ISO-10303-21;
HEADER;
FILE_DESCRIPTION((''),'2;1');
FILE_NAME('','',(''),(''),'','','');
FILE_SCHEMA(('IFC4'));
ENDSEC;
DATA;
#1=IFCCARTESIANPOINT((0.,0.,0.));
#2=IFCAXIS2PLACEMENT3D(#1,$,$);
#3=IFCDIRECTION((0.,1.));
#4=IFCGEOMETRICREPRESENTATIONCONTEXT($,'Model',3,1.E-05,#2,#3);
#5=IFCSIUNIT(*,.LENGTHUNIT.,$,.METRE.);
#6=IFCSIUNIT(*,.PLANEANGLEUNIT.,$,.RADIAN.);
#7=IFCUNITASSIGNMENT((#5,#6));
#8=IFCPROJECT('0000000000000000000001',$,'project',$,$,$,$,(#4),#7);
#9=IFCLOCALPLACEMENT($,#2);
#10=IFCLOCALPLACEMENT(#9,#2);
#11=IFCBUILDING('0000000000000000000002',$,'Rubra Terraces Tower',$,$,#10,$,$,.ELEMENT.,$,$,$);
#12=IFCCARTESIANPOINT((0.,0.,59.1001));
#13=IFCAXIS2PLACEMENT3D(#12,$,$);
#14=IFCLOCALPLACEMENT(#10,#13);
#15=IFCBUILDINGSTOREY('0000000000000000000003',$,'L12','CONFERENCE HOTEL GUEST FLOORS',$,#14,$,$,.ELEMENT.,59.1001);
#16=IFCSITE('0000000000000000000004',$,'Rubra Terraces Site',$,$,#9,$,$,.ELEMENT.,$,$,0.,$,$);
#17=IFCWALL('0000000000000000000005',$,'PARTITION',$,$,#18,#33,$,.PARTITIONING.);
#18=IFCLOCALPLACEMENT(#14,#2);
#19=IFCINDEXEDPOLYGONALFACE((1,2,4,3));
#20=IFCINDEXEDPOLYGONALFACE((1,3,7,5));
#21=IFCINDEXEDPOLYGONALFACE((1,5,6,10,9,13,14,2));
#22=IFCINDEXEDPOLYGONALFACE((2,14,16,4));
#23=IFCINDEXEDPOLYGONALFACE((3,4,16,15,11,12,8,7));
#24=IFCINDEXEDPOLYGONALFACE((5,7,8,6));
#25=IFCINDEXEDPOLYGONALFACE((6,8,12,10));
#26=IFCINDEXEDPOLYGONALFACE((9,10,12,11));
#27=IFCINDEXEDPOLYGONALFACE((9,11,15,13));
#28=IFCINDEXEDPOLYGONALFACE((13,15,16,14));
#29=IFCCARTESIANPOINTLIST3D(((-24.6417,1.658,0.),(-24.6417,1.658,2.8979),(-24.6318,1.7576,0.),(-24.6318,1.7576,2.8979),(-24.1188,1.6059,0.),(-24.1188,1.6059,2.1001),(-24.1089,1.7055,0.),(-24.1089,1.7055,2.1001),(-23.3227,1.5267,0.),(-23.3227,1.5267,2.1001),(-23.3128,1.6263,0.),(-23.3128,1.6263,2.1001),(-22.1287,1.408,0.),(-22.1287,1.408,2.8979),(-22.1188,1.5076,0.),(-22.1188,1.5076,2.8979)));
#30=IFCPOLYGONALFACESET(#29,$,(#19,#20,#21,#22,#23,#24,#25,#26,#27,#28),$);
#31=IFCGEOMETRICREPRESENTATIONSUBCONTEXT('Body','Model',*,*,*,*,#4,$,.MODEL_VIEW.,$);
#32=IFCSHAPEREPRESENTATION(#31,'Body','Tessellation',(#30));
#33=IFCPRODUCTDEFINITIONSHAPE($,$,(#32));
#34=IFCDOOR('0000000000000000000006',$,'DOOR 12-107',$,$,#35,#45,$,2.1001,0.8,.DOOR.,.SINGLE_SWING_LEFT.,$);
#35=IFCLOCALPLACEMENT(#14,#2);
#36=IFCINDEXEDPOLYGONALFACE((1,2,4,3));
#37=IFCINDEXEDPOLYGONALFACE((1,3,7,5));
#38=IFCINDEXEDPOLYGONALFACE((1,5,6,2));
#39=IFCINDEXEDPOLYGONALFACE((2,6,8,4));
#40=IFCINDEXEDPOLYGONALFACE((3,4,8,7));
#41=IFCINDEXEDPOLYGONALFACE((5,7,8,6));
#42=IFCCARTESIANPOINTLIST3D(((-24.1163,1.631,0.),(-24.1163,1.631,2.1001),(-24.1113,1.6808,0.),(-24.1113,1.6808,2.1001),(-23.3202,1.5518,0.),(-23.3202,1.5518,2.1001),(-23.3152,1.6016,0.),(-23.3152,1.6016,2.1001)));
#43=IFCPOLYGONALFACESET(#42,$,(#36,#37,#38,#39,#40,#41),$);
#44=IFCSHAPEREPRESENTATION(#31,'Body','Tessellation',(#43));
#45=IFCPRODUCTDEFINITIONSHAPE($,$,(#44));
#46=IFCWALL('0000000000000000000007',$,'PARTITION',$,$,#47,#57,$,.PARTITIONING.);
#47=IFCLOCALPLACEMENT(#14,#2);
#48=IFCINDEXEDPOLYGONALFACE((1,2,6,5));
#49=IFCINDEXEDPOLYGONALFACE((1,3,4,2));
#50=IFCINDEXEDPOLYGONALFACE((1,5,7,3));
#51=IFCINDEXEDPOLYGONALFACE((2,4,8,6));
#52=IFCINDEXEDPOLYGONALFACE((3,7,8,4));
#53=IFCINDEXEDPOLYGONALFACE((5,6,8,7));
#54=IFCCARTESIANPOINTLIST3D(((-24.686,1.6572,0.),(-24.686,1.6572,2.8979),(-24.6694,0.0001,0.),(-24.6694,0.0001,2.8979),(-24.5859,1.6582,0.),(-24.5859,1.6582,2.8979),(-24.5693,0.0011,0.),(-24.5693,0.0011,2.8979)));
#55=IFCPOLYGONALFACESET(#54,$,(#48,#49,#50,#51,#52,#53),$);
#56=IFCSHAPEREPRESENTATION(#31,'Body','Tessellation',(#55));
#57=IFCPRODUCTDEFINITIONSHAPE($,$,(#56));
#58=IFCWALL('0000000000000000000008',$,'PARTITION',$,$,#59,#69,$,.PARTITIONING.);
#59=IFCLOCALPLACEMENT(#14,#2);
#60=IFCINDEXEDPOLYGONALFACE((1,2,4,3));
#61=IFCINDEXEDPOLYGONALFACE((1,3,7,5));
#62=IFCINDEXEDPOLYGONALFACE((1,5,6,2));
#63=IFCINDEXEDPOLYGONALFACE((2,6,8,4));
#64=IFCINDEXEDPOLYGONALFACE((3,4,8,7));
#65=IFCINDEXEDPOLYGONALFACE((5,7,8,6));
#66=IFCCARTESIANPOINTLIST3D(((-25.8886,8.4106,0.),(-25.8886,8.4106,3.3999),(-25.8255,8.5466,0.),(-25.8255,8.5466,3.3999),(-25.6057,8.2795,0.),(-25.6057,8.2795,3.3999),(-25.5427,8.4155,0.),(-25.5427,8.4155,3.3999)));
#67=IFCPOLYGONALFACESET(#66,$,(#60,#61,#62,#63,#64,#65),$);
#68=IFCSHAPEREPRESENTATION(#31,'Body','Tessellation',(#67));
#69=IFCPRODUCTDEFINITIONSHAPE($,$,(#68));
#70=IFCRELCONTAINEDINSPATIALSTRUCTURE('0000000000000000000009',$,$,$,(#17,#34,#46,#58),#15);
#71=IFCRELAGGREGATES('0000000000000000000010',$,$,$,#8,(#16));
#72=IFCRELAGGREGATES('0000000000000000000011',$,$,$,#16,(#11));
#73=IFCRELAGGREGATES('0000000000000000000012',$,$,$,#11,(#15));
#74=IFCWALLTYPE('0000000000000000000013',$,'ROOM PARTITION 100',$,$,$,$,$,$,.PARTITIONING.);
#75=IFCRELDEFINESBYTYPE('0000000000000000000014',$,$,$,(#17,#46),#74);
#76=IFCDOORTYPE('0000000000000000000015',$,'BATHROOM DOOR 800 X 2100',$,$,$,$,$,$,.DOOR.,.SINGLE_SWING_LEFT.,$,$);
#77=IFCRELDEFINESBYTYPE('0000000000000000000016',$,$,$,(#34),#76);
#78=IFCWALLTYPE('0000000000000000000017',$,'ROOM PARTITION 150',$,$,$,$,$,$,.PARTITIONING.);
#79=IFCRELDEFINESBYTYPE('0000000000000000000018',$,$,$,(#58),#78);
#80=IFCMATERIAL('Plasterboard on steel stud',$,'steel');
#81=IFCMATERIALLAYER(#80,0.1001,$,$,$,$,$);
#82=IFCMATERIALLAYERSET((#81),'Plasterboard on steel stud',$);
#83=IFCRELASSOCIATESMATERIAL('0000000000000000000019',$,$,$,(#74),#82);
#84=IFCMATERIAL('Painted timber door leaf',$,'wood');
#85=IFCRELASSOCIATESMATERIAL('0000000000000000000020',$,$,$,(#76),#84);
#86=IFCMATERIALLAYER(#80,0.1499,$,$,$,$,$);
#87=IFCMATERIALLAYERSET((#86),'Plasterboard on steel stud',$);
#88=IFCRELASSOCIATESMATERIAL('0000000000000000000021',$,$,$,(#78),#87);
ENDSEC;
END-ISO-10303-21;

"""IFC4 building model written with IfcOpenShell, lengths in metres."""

from ifc_helpers import new_model, si_unit, direction, frame, frame_2d, origin, place, context, subcontext, project, spatial, rectangle, extrude, material, layer, layer_set, type_object, element, fill, save


model = new_model("IFC4")

# Units and contexts
model_context = context("Model", 3, precision=1e-05, world=origin(), true_north=direction((0.0, 1.0)))
body_context = subcontext(model_context, "Body", "Model", "MODEL_VIEW")
ifc_project = project(units=[si_unit("LENGTHUNIT", "METRE"), si_unit("PLANEANGLEUNIT", "RADIAN")], contexts=[model_context])

# Site, building, storey
site_placement = place(None, origin())
site = spatial("IfcSite", under=ifc_project, at=site_placement, Name="Rubra Terraces Site", CompositionType="ELEMENT", RefElevation=0.0)
building_placement = place(site_placement, origin())
building = spatial("IfcBuilding", under=site, at=building_placement, Name="Rubra Terraces Tower", CompositionType="ELEMENT")
storey_placement = place(building_placement, frame((0.0, 0.0, 59.1001)))
storey = spatial("IfcBuildingStorey", under=building, at=storey_placement, Name="L12", Description="CONFERENCE HOTEL GUEST FLOORS", CompositionType="ELEMENT", Elevation=59.1001)

# Wall, opening, door
ifc_material_1 = material(Name="Plasterboard on steel stud", Category="steel")
ifc_layer_1 = layer(ifc_material_1, 0.1001)
ifc_layer_set_1 = layer_set([ifc_layer_1], Name="Plasterboard on steel stud")
wall_type_1 = type_object("IfcWallType", Name="ROOM PARTITION 100", PredefinedType="PARTITIONING", material=ifc_layer_set_1)
wall_1_placement = place(storey_placement, frame((-22.1238, 1.4578, 0.0), z_axis=(0.0, 0.0, 1.0), x_axis=(-0.995088, 0.098996, 0.0)))
wall_1 = element("IfcWall", 1, at=wall_1_placement, inside=storey, type_object=wall_type_1, Name="PARTITION", PredefinedType="PARTITIONING", context=body_context, shape_type="SweptSolid", body=[
    extrude(rectangle(XDim=2.5254, YDim=0.1001, at=frame_2d((1.2627, 0.0))), origin(), (0.0, 0.0, 1.0), 2.8979),
])
opening_1_placement = place(wall_1_placement, frame((1.2, 0.0, 0.0)))
opening_1 = element("IfcOpeningElement", 2, at=opening_1_placement, cuts=wall_1, PredefinedType="OPENING", context=body_context, shape_type="SweptSolid", body=[
    extrude(rectangle(XDim=0.8, YDim=2.1001, at=frame_2d((0.3999, 1.05))), frame((0.0, 0.0601, 0.0), z_axis=(0.0, -1.0, 0.0), x_axis=(1.0, 0.0, 0.0)), (0.0, 0.0, 1.0), 0.1201),
])
ifc_material_2 = material(Name="Painted timber door leaf", Category="wood")
door_type = type_object("IfcDoorType", Name="BATHROOM DOOR 800 X 2100", OperationType="SINGLE_SWING_LEFT", PredefinedType="DOOR", material=ifc_material_2)
door_placement = place(opening_1_placement, origin())
door = element("IfcDoor", 3, at=door_placement, inside=storey, type_object=door_type, Name="DOOR 12-107", OperationType="SINGLE_SWING_LEFT", OverallHeight=2.1001, OverallWidth=0.8, PredefinedType="DOOR", context=body_context, shape_type="SweptSolid", body=[
    extrude(rectangle(XDim=0.8, YDim=2.1001, at=frame_2d((0.3999, 1.05))), frame((0.0, 0.0249, 0.0), z_axis=(0.0, -1.0, 0.0), x_axis=(1.0, 0.0, 0.0)), (0.0, 0.0, 1.0), 0.05),
])
fill(opening_1, door)

# Walls
wall_2_placement = place(storey_placement, frame((-24.636, 1.6577, 0.0), z_axis=(0.0, 0.0, 1.0), x_axis=(0.010017, -0.99995, 0.0)))
element("IfcWall", 4, at=wall_2_placement, inside=storey, type_object=wall_type_1, Name="PARTITION", PredefinedType="PARTITIONING", context=body_context, shape_type="SweptSolid", body=[
    extrude(rectangle(XDim=1.6572, YDim=0.1001, at=frame_2d((0.8286, 0.0))), origin(), (0.0, 0.0, 1.0), 2.8979),
])
ifc_layer_2 = layer(ifc_material_1, 0.1499)
ifc_layer_set_2 = layer_set([ifc_layer_2], Name="Plasterboard on steel stud")
wall_type_2 = type_object("IfcWallType", Name="ROOM PARTITION 150", PredefinedType="PARTITIONING", material=ifc_layer_set_2)
wall_3_placement = place(storey_placement, frame((-25.8569, 8.4785, 0.0), z_axis=(0.0, 0.0, 1.0), x_axis=(0.90734, -0.420398, 0.0)))
element("IfcWall", 5, at=wall_3_placement, inside=storey, type_object=wall_type_2, Name="PARTITION", PredefinedType="PARTITIONING", context=body_context, shape_type="SweptSolid", body=[
    extrude(rectangle(XDim=0.3118, YDim=0.1499, at=frame_2d((0.1558, 0.0))), origin(), (0.0, 0.0, 1.0), 3.3999),
])

save(model, "model.ifc")
